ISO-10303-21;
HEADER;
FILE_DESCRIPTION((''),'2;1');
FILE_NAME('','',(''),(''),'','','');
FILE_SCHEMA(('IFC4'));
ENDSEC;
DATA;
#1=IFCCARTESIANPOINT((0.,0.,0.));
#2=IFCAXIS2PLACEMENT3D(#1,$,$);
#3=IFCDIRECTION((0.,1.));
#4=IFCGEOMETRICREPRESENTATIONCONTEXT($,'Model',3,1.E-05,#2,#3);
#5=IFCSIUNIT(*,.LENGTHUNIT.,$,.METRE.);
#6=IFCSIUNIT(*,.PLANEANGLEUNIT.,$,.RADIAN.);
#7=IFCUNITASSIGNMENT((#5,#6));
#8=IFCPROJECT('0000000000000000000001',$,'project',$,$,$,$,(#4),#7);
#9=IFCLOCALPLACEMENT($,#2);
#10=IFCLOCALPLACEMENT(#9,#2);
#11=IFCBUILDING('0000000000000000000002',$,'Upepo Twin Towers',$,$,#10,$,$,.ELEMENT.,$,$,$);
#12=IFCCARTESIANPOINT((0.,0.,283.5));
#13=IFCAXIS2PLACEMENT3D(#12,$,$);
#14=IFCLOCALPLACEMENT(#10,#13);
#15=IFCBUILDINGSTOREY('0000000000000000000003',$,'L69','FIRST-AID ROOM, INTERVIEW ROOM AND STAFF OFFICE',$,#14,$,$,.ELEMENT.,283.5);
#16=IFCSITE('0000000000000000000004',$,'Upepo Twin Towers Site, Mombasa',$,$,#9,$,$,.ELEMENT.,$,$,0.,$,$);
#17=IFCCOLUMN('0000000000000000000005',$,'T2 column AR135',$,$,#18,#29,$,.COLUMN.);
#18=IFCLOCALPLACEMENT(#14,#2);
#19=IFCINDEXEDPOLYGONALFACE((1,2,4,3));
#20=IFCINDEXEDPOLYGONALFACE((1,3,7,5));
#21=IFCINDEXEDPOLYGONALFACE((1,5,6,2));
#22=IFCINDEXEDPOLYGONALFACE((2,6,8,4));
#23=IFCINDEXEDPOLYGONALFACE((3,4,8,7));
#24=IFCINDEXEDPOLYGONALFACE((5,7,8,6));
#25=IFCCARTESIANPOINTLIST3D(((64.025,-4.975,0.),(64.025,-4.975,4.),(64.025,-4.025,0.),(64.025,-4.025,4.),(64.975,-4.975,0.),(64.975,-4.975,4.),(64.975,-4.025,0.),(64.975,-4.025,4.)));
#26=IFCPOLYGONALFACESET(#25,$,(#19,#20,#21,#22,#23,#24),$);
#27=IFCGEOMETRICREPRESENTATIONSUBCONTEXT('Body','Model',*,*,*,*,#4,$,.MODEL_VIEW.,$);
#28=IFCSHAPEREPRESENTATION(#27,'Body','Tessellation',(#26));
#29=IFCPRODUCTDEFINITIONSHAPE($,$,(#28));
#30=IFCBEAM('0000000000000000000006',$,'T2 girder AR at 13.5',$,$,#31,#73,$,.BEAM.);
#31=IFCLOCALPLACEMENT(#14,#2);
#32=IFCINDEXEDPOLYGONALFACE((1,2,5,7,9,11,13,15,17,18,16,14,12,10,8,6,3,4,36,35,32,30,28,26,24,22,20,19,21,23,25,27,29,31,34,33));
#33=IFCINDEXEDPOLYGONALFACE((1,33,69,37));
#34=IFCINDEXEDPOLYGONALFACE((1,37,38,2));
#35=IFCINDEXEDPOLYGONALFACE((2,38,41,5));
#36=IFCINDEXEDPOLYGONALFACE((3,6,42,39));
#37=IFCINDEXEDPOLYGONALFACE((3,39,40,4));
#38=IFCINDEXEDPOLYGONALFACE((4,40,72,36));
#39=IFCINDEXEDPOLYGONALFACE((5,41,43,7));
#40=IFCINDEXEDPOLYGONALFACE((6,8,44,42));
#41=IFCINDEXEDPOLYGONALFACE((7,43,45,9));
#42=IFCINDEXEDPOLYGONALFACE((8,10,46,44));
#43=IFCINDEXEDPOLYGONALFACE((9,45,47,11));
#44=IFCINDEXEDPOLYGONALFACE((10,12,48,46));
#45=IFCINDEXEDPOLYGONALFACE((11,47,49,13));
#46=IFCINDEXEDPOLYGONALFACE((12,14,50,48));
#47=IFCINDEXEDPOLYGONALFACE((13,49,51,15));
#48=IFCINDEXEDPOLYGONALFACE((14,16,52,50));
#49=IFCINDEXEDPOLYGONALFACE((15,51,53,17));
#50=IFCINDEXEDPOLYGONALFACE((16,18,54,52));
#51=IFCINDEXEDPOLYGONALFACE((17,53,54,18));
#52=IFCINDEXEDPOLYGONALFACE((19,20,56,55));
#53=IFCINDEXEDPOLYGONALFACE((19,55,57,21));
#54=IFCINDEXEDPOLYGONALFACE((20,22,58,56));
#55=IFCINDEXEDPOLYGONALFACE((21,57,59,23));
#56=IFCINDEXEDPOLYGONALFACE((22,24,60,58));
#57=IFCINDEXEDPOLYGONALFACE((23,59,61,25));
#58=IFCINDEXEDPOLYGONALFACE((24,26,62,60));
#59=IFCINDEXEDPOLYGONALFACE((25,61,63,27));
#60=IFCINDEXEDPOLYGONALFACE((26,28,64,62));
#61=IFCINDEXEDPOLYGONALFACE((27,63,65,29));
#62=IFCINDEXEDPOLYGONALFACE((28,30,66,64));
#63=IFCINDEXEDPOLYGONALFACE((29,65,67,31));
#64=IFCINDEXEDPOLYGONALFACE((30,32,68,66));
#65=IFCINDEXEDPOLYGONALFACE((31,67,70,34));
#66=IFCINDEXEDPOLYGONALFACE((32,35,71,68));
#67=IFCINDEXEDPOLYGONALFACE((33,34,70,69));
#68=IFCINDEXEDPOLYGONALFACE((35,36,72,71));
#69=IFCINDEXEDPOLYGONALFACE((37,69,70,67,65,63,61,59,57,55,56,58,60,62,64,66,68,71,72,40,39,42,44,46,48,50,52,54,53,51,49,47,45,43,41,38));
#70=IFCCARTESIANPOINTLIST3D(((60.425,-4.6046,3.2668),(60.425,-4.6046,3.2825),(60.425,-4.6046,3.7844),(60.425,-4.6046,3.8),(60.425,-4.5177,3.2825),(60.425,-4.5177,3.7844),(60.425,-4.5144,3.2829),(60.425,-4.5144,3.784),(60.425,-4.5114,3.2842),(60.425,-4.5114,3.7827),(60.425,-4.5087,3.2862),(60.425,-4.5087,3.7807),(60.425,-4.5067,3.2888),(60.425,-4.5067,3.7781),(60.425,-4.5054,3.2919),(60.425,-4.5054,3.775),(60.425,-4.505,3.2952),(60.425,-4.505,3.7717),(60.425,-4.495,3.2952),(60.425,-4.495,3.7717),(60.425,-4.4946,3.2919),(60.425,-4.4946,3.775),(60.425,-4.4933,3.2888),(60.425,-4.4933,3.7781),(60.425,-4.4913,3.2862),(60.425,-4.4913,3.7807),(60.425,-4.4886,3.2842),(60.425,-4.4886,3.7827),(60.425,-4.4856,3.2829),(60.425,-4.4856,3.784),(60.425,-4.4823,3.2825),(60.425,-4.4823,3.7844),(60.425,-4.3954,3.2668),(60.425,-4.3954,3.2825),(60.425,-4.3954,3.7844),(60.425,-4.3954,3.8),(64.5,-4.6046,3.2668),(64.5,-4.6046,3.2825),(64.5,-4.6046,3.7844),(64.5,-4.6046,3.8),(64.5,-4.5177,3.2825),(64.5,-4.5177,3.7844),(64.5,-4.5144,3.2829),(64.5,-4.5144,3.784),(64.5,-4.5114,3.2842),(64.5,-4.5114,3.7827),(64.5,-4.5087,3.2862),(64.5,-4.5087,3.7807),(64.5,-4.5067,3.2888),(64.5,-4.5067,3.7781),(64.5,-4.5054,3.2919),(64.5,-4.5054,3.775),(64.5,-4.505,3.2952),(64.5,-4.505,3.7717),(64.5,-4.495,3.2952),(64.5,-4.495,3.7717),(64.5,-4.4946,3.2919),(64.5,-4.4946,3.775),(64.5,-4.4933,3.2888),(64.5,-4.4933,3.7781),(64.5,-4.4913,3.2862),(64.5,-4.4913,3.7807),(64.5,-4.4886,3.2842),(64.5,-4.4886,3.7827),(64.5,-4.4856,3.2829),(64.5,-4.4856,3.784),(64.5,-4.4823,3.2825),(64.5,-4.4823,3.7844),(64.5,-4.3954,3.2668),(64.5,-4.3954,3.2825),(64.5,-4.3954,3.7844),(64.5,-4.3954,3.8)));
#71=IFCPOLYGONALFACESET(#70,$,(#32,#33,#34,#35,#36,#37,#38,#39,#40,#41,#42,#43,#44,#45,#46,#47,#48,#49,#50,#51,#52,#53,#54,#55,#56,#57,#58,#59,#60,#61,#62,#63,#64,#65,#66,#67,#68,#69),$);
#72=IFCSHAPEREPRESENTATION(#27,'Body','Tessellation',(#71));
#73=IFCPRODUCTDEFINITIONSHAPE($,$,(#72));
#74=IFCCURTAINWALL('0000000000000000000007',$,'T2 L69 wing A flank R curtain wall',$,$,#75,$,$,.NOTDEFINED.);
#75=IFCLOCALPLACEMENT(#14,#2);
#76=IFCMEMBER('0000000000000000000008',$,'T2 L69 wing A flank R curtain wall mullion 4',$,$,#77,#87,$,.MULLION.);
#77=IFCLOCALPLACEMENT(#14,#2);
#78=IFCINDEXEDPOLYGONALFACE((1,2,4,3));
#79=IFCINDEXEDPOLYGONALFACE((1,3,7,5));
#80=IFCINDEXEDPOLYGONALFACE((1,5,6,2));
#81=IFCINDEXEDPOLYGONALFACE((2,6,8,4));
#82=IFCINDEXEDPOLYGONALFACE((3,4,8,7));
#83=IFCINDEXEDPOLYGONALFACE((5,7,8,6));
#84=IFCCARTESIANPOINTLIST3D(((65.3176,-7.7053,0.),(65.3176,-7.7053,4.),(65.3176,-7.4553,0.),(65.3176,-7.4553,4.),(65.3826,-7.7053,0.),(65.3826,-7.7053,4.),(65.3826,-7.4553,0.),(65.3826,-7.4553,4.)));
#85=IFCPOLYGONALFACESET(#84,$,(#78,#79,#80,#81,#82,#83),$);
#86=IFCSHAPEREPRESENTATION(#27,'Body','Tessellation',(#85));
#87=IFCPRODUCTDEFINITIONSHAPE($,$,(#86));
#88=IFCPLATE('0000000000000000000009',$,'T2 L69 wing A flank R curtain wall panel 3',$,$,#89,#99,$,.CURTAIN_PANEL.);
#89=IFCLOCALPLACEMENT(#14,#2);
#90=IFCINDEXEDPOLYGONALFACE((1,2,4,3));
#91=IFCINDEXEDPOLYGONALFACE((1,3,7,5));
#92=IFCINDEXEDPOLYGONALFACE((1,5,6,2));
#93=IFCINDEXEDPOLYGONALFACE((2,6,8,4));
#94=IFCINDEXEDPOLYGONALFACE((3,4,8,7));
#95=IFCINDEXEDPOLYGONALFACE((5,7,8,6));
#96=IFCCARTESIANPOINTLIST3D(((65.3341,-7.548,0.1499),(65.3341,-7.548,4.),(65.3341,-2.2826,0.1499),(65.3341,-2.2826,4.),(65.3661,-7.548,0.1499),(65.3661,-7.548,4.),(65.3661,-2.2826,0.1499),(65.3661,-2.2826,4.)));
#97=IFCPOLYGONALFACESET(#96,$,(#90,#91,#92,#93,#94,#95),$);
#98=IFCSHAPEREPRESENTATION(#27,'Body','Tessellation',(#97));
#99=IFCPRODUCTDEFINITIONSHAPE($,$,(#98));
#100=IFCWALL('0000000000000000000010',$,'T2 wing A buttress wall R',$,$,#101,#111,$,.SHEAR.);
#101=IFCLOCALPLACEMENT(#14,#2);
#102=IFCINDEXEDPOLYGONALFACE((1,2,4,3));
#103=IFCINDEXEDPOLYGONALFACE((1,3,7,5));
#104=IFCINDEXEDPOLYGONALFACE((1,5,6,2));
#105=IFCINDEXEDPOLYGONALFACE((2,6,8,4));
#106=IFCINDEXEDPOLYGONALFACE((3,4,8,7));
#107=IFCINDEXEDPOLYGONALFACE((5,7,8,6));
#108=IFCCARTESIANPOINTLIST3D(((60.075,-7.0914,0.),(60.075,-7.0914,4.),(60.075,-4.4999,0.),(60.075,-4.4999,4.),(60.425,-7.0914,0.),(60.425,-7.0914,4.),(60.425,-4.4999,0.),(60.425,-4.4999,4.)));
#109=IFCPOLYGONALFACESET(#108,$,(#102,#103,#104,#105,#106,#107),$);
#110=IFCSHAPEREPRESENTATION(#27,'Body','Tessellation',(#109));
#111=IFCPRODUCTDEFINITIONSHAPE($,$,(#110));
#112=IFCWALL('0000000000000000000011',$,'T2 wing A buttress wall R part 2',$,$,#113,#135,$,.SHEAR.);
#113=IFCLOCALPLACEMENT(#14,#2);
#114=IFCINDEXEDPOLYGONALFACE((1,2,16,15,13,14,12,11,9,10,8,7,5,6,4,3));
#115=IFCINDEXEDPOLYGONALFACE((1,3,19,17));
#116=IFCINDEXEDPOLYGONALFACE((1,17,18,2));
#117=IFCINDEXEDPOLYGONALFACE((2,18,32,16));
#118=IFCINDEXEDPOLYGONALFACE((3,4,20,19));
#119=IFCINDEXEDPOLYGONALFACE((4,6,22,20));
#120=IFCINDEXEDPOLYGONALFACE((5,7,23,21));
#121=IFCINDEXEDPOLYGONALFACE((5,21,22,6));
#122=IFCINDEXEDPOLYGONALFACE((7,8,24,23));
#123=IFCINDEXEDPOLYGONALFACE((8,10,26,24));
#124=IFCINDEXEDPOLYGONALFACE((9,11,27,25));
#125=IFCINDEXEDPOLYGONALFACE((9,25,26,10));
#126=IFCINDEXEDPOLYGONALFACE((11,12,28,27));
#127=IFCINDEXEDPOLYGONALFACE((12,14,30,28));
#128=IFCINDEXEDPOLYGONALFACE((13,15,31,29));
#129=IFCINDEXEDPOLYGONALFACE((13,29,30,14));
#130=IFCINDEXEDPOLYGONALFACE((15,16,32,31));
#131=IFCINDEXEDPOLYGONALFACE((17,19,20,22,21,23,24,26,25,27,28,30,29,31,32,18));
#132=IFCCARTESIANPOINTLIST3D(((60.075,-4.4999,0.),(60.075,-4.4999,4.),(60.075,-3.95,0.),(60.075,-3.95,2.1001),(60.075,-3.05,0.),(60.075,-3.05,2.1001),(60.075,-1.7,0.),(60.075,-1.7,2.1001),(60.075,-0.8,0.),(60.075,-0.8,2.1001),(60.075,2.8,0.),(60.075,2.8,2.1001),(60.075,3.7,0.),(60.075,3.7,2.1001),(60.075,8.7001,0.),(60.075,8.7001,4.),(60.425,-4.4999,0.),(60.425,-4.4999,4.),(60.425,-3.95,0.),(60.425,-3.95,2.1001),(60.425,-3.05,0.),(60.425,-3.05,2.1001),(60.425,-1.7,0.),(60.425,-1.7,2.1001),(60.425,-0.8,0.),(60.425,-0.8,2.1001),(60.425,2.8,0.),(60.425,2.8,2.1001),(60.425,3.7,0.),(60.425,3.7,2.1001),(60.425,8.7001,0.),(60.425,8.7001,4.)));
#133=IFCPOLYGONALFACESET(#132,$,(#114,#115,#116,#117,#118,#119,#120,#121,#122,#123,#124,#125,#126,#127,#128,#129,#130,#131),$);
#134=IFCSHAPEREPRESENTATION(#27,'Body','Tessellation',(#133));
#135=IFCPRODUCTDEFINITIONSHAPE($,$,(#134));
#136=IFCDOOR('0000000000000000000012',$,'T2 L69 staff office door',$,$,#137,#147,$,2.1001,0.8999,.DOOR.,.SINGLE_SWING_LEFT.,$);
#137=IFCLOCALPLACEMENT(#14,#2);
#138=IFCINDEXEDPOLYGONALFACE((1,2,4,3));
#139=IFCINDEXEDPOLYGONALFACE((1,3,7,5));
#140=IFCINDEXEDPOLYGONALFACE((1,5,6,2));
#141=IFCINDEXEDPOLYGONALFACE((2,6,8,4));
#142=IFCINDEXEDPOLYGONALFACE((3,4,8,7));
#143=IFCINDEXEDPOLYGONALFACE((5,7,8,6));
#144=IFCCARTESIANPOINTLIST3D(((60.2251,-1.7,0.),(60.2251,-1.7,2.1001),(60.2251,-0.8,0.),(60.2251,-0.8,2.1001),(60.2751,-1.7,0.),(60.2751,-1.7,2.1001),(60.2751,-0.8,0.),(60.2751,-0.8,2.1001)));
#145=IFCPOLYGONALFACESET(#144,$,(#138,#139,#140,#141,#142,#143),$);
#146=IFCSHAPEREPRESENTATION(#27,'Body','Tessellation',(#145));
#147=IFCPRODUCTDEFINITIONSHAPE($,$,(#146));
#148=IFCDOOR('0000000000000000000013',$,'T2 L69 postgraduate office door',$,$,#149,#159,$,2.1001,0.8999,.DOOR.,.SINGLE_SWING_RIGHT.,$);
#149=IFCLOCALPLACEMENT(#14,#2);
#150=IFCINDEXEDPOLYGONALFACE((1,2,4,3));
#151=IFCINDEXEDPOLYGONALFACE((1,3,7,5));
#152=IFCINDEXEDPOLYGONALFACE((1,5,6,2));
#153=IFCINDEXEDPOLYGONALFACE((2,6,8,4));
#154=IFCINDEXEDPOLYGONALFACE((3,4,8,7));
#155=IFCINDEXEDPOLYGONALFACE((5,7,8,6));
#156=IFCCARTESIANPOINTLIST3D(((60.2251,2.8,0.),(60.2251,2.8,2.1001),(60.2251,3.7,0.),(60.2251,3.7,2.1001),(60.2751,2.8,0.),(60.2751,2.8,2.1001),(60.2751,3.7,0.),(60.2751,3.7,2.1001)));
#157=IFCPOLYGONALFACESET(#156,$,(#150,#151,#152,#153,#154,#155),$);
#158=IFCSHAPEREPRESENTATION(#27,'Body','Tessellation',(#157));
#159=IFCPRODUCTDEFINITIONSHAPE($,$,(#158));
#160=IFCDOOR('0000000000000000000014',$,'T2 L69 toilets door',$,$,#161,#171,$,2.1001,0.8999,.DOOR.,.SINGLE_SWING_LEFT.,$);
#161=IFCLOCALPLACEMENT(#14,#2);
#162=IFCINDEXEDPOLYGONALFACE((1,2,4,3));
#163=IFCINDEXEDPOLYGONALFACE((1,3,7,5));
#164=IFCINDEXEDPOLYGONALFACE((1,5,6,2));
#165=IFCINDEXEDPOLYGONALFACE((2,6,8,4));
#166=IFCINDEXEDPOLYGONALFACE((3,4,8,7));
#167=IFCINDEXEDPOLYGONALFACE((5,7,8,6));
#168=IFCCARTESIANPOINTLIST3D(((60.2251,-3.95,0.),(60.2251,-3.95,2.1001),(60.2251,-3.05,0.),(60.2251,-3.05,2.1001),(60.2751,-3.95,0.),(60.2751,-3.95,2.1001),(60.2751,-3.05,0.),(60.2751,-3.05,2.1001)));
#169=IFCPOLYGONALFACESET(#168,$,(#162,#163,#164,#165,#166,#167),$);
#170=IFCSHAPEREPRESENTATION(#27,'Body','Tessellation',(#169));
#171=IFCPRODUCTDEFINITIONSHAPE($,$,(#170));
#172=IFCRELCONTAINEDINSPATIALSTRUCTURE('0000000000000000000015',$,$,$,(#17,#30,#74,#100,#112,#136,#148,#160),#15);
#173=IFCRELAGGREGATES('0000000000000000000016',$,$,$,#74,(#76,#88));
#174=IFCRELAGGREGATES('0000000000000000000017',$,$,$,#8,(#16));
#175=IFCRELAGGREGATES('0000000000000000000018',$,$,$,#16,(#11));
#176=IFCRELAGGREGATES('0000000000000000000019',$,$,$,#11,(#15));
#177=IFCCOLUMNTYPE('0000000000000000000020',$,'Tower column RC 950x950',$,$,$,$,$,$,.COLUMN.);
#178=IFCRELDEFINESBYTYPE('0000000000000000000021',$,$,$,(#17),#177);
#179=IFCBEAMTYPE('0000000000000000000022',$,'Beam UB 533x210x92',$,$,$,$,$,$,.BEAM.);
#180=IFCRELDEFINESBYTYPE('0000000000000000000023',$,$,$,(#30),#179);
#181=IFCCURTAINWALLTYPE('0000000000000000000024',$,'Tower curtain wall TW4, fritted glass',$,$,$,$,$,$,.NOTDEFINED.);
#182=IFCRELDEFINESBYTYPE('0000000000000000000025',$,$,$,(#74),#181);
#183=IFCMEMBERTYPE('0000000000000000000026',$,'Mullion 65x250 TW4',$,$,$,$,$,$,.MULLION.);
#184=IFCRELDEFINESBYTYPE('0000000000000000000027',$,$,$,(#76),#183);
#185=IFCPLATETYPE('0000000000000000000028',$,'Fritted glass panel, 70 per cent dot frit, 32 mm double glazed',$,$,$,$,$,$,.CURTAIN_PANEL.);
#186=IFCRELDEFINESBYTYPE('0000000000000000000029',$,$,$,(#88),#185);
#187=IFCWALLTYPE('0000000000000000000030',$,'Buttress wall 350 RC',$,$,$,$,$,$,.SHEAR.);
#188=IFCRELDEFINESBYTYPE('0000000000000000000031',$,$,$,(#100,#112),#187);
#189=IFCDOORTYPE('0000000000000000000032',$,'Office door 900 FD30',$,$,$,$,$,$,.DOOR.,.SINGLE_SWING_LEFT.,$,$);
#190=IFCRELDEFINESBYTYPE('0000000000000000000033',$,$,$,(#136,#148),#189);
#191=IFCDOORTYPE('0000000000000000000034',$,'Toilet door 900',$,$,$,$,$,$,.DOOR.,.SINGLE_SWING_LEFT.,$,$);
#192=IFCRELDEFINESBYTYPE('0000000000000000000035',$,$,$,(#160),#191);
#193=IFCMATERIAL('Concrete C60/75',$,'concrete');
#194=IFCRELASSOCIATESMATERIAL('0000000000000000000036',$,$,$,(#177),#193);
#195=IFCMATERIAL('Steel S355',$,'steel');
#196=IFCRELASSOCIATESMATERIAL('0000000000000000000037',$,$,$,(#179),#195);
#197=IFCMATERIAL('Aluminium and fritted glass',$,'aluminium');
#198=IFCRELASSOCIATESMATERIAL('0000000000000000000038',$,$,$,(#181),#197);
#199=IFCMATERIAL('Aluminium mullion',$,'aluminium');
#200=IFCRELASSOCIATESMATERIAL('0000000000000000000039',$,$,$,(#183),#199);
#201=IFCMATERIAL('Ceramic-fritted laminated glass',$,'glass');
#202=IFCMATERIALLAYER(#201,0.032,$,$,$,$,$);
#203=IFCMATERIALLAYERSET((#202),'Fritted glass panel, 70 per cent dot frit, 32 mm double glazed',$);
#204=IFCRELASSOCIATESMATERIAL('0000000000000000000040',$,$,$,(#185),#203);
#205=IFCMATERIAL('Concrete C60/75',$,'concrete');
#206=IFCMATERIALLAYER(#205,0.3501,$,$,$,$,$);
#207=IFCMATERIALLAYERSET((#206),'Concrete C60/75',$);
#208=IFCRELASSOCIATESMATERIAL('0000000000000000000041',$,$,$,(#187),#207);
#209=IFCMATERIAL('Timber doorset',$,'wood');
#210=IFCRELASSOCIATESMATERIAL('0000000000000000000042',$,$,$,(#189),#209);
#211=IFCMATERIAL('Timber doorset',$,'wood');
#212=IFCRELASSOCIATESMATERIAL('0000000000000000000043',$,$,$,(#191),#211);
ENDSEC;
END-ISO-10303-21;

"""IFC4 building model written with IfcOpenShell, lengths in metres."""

from ifc_helpers import new_model, si_unit, direction, frame, frame_2d, origin, origin_2d, place, context, subcontext, project, spatial, rectangle, i_section, extrude, material, layer, layer_set, material_profile, profile_set, type_object, element, fill, aggregate, save


model = new_model("IFC4")

# Units and contexts
model_context = context("Model", 3, precision=1e-05, world=origin(), true_north=direction((0.0, 1.0)))
body_context = subcontext(model_context, "Body", "Model", "MODEL_VIEW")
ifc_project = project(units=[si_unit("LENGTHUNIT", "METRE"), si_unit("PLANEANGLEUNIT", "RADIAN")], contexts=[model_context])

# Site, building, storey
site_placement = place(None, origin())
site = spatial("IfcSite", under=ifc_project, at=site_placement, Name="Upepo Twin Towers Site, Mombasa", CompositionType="ELEMENT", RefElevation=0.0)
building_placement = place(site_placement, origin())
building = spatial("IfcBuilding", under=site, at=building_placement, Name="Upepo Twin Towers", CompositionType="ELEMENT")
storey_placement = place(building_placement, frame((0.0, 0.0, 283.5)))
storey = spatial("IfcBuildingStorey", under=building, at=storey_placement, Name="L69", Description="FIRST-AID ROOM, INTERVIEW ROOM AND STAFF OFFICE", CompositionType="ELEMENT", Elevation=283.5)

# Column
ifc_material_1 = material(Name="Concrete C60/75", Category="concrete")
ifc_material_profile_1 = material_profile(ifc_material_1, rectangle(XDim=0.95, YDim=0.95, at=origin_2d()), Name="RC 950x950")
ifc_profile_set_1 = profile_set([ifc_material_profile_1], Name="Concrete C60/75")
column_type = type_object("IfcColumnType", Name="Tower column RC 950x950", PredefinedType="COLUMN", material=ifc_profile_set_1)
column_placement = place(storey_placement, frame((64.5, -4.5, 0.0), z_axis=(0.0, 0.0, 1.0), x_axis=(1.0, 0.0, 0.0)))
element("IfcColumn", 1, at=column_placement, inside=storey, type_object=column_type, Name="T2 column AR135", PredefinedType="COLUMN", context=body_context, shape_type="SweptSolid", body=[
    extrude(rectangle(XDim=0.95, YDim=0.95, at=origin_2d()), origin(), (0.0, 0.0, 1.0), 4.0),
])

# Beam
ifc_material_2 = material(Name="Steel S355", Category="steel")
ifc_material_profile_2 = material_profile(ifc_material_2, i_section(OverallWidth=0.2092, OverallDepth=0.5332, WebThickness=0.01, FlangeThickness=0.0156, FilletRadius=0.0127, at=origin_2d()), Name="UB 533x210x92")
ifc_profile_set_2 = profile_set([ifc_material_profile_2], Name="Steel S355")
beam_type = type_object("IfcBeamType", Name="Beam UB 533x210x92", PredefinedType="BEAM", material=ifc_profile_set_2)
beam_placement = place(storey_placement, frame((64.5, -4.5, 3.5334), z_axis=(-1.0, 0.0, 0.0), x_axis=(0.0, -1.0, 0.0)))
element("IfcBeam", 2, at=beam_placement, inside=storey, type_object=beam_type, Name="T2 girder AR at 13.5", PredefinedType="BEAM", context=body_context, shape_type="SweptSolid", body=[
    extrude(i_section(OverallWidth=0.2092, OverallDepth=0.5332, WebThickness=0.01, FlangeThickness=0.0156, FilletRadius=0.0127, at=origin_2d()), origin(), (0.0, 0.0, 1.0), 4.075),
])

# Curtain wall, member, plate
ifc_material_3 = material(Name="Aluminium and fritted glass", Category="aluminium")
curtain_wall_type = type_object("IfcCurtainWallType", Name="Tower curtain wall TW4, fritted glass", PredefinedType="NOTDEFINED", material=ifc_material_3)
curtain_wall_placement = place(storey_placement, origin())
curtain_wall = element("IfcCurtainWall", 3, at=curtain_wall_placement, inside=storey, type_object=curtain_wall_type, Name="T2 L69 wing A flank R curtain wall", PredefinedType="NOTDEFINED")
ifc_material_4 = material(Name="Aluminium mullion", Category="aluminium")
ifc_material_profile_3 = material_profile(ifc_material_4, rectangle(XDim=0.0649, YDim=0.25, at=origin_2d()), Name="MULLION 65x250")
ifc_profile_set_3 = profile_set([ifc_material_profile_3], Name="Aluminium mullion")
member_type = type_object("IfcMemberType", Name="Mullion 65x250 TW4", PredefinedType="MULLION", material=ifc_profile_set_3)
member_placement = place(storey_placement, frame((65.3501, -7.5803, 0.0), z_axis=(0.0, 0.0, 1.0), x_axis=(1.0, 0.0, 0.0)))
member = element("IfcMember", 4, at=member_placement, type_object=member_type, Name="T2 L69 wing A flank R curtain wall mullion 4", PredefinedType="MULLION", context=body_context, shape_type="SweptSolid", body=[
    extrude(rectangle(XDim=0.0649, YDim=0.25, at=origin_2d()), origin(), (0.0, 0.0, 1.0), 4.0),
])
ifc_material_5 = material(Name="Ceramic-fritted laminated glass", Category="glass")
ifc_layer_1 = layer(ifc_material_5, 0.032)
ifc_layer_set_1 = layer_set([ifc_layer_1], Name="Fritted glass panel, 70 per cent dot frit, 32 mm double glazed")
plate_type = type_object("IfcPlateType", Name="Fritted glass panel, 70 per cent dot frit, 32 mm double glazed", PredefinedType="CURTAIN_PANEL", material=ifc_layer_set_1)
plate_placement = place(storey_placement, frame((65.3501, -4.9153, 0.1499), z_axis=(0.0, 0.0, 1.0), x_axis=(0.0, -1.0, 0.0)))
plate = element("IfcPlate", 5, at=plate_placement, type_object=plate_type, Name="T2 L69 wing A flank R curtain wall panel 3", PredefinedType="CURTAIN_PANEL", context=body_context, shape_type="SweptSolid", body=[
    extrude(rectangle(XDim=5.2654, YDim=0.032, at=origin_2d()), origin(), (0.0, 0.0, 1.0), 3.8501),
])
aggregate(curtain_wall, [member, plate])

# Wall
ifc_material_6 = material(Name="Concrete C60/75", Category="concrete")
ifc_layer_2 = layer(ifc_material_6, 0.3501)
ifc_layer_set_2 = layer_set([ifc_layer_2], Name="Concrete C60/75")
wall_type_1 = type_object("IfcWallType", Name="Buttress wall 350 RC", PredefinedType="SHEAR", material=ifc_layer_set_2)
wall_1_placement = place(storey_placement, frame((60.25, -7.0916, 0.0), z_axis=(0.0, 0.0, 1.0), x_axis=(0.0, 1.0, 0.0)))
element("IfcWall", 6, at=wall_1_placement, inside=storey, type_object=wall_type_1, Name="T2 wing A buttress wall R", PredefinedType="SHEAR", context=body_context, shape_type="SweptSolid", body=[
    extrude(rectangle(XDim=2.5916, YDim=0.3501, at=frame_2d((1.2959, 0.0))), origin(), (0.0, 0.0, 1.0), 4.0),
])

# Wall, openings, doors
wall_2_placement = place(storey_placement, frame((60.25, -4.5, 0.0), z_axis=(0.0, 0.0, 1.0), x_axis=(0.0, 1.0, 0.0)))
wall_2 = element("IfcWall", 7, at=wall_2_placement, inside=storey, type_object=wall_type_1, Name="T2 wing A buttress wall R part 2", PredefinedType="SHEAR", context=body_context, shape_type="SweptSolid", body=[
    extrude(rectangle(XDim=13.2, YDim=0.3501, at=frame_2d((6.6001, 0.0))), origin(), (0.0, 0.0, 1.0), 4.0),
])
opening_1_placement = place(wall_2_placement, frame((0.55, 0.0, 0.0)))
opening_1 = element("IfcOpeningElement", 8, at=opening_1_placement, cuts=wall_2, PredefinedType="OPENING", context=body_context, shape_type="SweptSolid", body=[
    extrude(rectangle(XDim=0.8999, YDim=2.1001, at=frame_2d((0.45, 1.05))), frame((0.0, 0.1851, 0.0), z_axis=(0.0, -1.0, 0.0), x_axis=(1.0, 0.0, 0.0)), (0.0, 0.0, 1.0), 0.3701),
])
opening_2_placement = place(wall_2_placement, frame((2.8, 0.0, 0.0)))
opening_2 = element("IfcOpeningElement", 9, at=opening_2_placement, cuts=wall_2, PredefinedType="OPENING", context=body_context, shape_type="SweptSolid", body=[
    extrude(rectangle(XDim=0.8999, YDim=2.1001, at=frame_2d((0.45, 1.05))), frame((0.0, 0.1851, 0.0), z_axis=(0.0, -1.0, 0.0), x_axis=(1.0, 0.0, 0.0)), (0.0, 0.0, 1.0), 0.3701),
])
opening_3_placement = place(wall_2_placement, frame((7.3, 0.0, 0.0)))
opening_3 = element("IfcOpeningElement", 10, at=opening_3_placement, cuts=wall_2, PredefinedType="OPENING", context=body_context, shape_type="SweptSolid", body=[
    extrude(rectangle(XDim=0.8999, YDim=2.1001, at=frame_2d((0.45, 1.05))), frame((0.0, 0.1851, 0.0), z_axis=(0.0, -1.0, 0.0), x_axis=(1.0, 0.0, 0.0)), (0.0, 0.0, 1.0), 0.3701),
])
ifc_material_7 = material(Name="Timber doorset", Category="wood")
door_type_1 = type_object("IfcDoorType", Name="Office door 900 FD30", OperationType="SINGLE_SWING_LEFT", PredefinedType="DOOR", material=ifc_material_7)
door_1_placement = place(opening_2_placement, origin())
door_1 = element("IfcDoor", 11, at=door_1_placement, inside=storey, type_object=door_type_1, Name="T2 L69 staff office door", OperationType="SINGLE_SWING_LEFT", OverallHeight=2.1001, OverallWidth=0.8999, PredefinedType="DOOR", context=body_context, shape_type="SweptSolid", body=[
    extrude(rectangle(XDim=0.8999, YDim=2.1001, at=frame_2d((0.45, 1.05))), frame((0.0, 0.0249, 0.0), z_axis=(0.0, -1.0, 0.0), x_axis=(1.0, 0.0, 0.0)), (0.0, 0.0, 1.0), 0.05),
])
fill(opening_2, door_1)
door_2_placement = place(opening_3_placement, origin())
door_2 = element("IfcDoor", 12, at=door_2_placement, inside=storey, type_object=door_type_1, Name="T2 L69 postgraduate office door", OperationType="SINGLE_SWING_RIGHT", OverallHeight=2.1001, OverallWidth=0.8999, PredefinedType="DOOR", context=body_context, shape_type="SweptSolid", body=[
    extrude(rectangle(XDim=0.8999, YDim=2.1001, at=frame_2d((0.45, 1.05))), frame((0.0, 0.0249, 0.0), z_axis=(0.0, -1.0, 0.0), x_axis=(1.0, 0.0, 0.0)), (0.0, 0.0, 1.0), 0.05),
])
fill(opening_3, door_2)
ifc_material_8 = material(Name="Timber doorset", Category="wood")
door_type_2 = type_object("IfcDoorType", Name="Toilet door 900", OperationType="SINGLE_SWING_LEFT", PredefinedType="DOOR", material=ifc_material_8)
door_3_placement = place(opening_1_placement, origin())
door_3 = element("IfcDoor", 13, at=door_3_placement, inside=storey, type_object=door_type_2, Name="T2 L69 toilets door", OperationType="SINGLE_SWING_LEFT", OverallHeight=2.1001, OverallWidth=0.8999, PredefinedType="DOOR", context=body_context, shape_type="SweptSolid", body=[
    extrude(rectangle(XDim=0.8999, YDim=2.1001, at=frame_2d((0.45, 1.05))), frame((0.0, 0.0249, 0.0), z_axis=(0.0, -1.0, 0.0), x_axis=(1.0, 0.0, 0.0)), (0.0, 0.0, 1.0), 0.05),
])
fill(opening_1, door_3)

save(model, "model.ifc")
